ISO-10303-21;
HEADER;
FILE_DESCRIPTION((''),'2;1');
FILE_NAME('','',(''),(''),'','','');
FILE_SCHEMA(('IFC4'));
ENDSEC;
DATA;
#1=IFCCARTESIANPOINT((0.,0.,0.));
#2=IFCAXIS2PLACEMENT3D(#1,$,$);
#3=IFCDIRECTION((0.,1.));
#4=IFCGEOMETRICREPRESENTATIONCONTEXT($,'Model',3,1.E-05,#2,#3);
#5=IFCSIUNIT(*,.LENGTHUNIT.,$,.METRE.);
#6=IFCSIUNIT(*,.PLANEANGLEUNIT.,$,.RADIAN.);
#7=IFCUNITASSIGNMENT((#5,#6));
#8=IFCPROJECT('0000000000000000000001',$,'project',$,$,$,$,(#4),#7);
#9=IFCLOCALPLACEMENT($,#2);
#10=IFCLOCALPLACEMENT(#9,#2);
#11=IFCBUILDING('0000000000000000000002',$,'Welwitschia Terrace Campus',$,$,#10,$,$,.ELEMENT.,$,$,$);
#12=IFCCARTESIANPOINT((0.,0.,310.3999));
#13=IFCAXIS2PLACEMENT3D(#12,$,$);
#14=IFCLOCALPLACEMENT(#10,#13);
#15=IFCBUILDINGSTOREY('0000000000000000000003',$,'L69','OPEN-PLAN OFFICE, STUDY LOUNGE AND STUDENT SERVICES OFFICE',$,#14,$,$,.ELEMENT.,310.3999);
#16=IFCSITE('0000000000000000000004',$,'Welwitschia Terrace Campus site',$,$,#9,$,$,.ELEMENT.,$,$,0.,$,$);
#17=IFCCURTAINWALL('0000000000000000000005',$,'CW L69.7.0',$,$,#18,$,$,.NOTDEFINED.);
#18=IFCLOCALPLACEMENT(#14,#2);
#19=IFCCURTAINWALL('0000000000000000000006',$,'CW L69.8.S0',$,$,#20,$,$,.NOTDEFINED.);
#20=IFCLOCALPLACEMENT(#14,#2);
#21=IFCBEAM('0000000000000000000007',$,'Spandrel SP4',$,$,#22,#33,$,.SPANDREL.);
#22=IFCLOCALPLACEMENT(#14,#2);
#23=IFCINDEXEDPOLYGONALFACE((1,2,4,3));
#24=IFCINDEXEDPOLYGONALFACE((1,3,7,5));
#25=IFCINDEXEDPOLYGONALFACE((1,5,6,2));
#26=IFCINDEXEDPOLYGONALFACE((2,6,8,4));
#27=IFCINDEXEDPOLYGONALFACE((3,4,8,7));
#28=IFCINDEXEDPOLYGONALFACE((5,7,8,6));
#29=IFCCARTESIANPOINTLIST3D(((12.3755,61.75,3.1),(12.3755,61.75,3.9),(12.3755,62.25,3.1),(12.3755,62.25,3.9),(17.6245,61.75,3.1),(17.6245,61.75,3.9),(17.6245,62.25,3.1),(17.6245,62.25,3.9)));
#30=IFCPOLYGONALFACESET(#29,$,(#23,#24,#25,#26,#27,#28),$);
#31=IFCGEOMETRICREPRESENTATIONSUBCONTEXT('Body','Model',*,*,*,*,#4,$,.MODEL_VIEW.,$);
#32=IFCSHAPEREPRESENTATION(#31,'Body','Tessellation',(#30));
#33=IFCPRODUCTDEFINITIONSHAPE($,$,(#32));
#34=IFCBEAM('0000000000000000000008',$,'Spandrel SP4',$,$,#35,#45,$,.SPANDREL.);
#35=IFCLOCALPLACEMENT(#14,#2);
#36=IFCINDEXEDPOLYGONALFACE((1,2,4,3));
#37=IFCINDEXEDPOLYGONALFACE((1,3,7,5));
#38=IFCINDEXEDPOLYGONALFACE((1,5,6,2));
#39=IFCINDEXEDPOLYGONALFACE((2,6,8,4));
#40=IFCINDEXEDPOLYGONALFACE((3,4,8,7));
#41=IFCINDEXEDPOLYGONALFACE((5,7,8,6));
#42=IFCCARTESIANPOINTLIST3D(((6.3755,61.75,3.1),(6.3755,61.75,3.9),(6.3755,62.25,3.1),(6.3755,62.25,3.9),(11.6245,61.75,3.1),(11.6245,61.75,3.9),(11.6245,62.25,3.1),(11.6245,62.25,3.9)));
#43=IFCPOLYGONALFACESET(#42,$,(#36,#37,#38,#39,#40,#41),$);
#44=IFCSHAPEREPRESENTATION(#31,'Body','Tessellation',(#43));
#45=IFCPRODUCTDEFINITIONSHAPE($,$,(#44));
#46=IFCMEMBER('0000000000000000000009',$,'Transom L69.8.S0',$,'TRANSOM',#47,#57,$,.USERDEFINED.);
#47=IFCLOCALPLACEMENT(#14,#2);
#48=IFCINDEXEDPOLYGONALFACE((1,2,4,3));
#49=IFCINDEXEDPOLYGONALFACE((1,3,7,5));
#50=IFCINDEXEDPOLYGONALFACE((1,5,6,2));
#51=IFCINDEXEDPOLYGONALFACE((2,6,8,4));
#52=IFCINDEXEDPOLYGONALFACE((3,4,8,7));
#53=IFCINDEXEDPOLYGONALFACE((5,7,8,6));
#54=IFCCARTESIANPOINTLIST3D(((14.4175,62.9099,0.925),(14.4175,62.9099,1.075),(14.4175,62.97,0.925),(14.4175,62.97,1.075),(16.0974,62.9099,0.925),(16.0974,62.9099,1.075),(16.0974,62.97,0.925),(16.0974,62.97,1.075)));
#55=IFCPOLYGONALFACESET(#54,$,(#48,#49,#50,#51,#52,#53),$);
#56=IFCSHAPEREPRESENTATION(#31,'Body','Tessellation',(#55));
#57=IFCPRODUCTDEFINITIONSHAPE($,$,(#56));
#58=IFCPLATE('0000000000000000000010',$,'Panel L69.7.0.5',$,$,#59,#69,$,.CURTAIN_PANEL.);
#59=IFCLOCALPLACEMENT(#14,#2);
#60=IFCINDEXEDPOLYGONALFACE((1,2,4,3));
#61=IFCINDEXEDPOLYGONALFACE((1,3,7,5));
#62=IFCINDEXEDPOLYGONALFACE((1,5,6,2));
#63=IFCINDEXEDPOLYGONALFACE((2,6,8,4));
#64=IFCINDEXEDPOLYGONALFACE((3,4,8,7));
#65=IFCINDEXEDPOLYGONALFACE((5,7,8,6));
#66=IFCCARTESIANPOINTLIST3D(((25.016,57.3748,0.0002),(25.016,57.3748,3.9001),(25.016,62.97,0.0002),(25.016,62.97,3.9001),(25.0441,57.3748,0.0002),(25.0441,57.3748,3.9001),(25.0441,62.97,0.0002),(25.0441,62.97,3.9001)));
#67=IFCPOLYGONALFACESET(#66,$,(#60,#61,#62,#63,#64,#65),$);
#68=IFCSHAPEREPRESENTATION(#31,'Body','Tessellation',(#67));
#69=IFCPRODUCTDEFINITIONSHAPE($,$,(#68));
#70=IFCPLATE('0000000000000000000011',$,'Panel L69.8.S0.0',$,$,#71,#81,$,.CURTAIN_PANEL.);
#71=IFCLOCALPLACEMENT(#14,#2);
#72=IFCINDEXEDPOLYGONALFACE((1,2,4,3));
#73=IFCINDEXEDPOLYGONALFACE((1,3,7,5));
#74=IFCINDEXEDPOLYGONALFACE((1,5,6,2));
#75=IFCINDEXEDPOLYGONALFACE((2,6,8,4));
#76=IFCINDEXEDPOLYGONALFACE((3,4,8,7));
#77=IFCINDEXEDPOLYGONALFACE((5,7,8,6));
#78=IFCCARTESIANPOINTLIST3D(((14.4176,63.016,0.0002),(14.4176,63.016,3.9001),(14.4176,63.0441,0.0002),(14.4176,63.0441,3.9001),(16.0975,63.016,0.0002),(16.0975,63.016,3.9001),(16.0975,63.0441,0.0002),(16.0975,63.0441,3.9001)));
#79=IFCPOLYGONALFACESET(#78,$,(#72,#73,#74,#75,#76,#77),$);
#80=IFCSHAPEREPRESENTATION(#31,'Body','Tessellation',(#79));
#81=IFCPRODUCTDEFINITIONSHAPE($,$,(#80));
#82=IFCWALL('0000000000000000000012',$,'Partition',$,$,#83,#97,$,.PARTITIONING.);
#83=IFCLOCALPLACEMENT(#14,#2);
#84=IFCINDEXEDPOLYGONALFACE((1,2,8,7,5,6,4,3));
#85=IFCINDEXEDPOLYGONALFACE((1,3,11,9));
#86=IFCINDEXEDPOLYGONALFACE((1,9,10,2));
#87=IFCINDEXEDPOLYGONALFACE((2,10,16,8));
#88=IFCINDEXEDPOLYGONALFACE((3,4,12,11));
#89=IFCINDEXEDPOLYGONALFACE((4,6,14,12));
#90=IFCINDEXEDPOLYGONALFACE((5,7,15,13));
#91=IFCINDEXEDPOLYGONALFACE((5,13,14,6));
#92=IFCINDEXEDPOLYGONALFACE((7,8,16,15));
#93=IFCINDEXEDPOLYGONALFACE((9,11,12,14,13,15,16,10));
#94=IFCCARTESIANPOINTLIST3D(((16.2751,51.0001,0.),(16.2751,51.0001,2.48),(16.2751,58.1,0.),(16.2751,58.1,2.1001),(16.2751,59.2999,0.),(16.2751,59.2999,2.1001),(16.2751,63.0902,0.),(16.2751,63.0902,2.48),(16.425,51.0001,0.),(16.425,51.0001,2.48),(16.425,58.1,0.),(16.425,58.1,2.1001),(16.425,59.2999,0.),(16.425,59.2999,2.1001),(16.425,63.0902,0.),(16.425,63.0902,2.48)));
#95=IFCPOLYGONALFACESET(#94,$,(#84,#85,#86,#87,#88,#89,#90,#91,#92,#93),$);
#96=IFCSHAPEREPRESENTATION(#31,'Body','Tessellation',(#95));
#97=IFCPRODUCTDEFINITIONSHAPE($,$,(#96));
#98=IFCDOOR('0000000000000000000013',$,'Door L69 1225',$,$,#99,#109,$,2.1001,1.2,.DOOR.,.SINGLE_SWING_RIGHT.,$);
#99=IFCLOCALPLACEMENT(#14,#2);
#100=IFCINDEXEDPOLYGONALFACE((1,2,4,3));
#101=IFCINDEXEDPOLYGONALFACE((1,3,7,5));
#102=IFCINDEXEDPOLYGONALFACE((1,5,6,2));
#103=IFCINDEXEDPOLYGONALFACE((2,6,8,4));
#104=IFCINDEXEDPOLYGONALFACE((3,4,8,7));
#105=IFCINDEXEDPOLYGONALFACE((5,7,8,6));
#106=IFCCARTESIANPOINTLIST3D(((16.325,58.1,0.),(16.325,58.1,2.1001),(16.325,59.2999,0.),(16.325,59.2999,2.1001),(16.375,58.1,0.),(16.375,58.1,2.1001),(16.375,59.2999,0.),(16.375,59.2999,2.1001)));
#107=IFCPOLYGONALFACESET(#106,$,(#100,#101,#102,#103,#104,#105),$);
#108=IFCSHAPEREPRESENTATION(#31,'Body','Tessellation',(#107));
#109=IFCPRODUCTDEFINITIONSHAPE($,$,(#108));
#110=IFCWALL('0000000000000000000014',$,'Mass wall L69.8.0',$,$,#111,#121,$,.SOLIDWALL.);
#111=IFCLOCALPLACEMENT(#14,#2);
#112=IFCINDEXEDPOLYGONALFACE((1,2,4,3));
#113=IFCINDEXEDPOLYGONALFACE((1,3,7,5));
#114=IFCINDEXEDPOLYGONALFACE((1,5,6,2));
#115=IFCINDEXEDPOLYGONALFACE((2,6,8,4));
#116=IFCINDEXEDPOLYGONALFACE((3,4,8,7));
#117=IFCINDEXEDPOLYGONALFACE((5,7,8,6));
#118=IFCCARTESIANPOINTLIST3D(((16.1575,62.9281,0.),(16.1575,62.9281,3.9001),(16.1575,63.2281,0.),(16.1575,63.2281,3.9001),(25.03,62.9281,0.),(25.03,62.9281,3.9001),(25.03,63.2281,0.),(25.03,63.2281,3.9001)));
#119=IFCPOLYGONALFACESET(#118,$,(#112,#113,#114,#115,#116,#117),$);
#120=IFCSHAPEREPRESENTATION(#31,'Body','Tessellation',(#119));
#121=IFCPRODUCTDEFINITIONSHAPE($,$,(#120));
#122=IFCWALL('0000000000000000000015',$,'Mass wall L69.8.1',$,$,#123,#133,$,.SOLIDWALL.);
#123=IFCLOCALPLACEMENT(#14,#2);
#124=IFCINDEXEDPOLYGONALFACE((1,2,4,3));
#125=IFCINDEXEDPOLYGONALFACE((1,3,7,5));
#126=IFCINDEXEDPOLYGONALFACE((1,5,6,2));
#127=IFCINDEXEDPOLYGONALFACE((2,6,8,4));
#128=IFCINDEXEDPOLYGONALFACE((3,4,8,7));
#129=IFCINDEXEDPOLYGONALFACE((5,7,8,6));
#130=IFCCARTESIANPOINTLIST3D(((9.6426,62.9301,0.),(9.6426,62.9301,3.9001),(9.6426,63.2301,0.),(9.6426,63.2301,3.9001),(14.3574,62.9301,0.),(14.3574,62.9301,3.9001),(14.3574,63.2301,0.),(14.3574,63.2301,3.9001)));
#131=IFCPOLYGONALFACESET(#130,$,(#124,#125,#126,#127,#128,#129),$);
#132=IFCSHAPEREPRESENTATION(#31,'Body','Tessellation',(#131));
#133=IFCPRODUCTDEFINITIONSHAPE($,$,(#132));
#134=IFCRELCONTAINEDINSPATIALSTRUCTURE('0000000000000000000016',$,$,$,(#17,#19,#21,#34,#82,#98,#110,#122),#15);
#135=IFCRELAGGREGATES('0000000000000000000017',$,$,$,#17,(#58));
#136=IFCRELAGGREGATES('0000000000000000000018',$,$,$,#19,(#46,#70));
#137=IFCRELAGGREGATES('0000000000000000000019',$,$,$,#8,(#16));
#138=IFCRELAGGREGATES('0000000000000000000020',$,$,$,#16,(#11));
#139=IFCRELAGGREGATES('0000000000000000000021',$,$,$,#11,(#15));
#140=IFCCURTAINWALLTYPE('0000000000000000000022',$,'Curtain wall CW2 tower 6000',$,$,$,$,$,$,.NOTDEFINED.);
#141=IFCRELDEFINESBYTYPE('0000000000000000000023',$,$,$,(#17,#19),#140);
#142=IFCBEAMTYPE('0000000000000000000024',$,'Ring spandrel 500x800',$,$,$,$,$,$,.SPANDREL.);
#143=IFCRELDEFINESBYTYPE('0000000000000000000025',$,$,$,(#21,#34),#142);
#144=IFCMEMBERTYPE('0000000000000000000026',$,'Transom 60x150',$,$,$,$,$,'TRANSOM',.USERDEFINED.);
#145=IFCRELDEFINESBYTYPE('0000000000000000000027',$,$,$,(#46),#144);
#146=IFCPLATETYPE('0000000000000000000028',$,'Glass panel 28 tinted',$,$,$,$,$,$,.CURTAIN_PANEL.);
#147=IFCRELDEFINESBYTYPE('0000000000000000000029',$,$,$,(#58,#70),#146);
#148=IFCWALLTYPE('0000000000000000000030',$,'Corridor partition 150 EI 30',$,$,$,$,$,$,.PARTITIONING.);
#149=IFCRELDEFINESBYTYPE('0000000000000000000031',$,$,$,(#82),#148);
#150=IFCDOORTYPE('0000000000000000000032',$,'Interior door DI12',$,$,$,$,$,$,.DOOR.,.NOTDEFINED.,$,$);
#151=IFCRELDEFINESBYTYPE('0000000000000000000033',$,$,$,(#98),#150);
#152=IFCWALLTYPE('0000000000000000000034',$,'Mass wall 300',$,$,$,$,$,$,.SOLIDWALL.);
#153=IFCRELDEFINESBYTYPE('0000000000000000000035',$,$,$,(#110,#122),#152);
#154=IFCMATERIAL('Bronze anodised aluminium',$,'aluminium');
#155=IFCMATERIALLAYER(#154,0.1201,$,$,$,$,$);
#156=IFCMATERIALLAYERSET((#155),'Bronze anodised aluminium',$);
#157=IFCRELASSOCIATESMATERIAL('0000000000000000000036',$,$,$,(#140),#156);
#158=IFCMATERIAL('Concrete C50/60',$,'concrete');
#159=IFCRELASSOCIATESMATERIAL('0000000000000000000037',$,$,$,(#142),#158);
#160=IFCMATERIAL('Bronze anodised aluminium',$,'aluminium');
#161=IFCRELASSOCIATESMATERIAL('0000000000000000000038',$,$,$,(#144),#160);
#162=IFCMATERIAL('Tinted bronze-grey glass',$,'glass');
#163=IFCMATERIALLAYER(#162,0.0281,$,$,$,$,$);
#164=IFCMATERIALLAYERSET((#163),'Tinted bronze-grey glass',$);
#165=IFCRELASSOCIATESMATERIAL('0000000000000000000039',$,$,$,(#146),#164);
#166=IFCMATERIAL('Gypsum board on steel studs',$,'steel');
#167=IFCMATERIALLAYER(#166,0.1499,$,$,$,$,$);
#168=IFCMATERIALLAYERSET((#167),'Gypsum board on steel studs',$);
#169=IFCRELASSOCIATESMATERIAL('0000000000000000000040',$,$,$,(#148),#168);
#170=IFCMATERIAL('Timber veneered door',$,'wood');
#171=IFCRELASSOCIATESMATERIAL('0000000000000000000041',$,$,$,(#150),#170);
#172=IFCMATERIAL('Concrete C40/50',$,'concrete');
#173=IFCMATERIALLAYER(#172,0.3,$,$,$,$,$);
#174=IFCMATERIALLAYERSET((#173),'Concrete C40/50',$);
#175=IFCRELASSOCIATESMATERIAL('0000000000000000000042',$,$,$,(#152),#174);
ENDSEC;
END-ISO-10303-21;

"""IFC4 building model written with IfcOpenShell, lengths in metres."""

from ifc_helpers import new_model, si_unit, direction, frame, frame_2d, origin, origin_2d, place, context, subcontext, project, spatial, rectangle, extrude, material, layer, layer_set, material_profile, profile_set, type_object, element, fill, aggregate, save


model = new_model("IFC4")

# Units and contexts
model_context = context("Model", 3, precision=1e-05, world=origin(), true_north=direction((0.0, 1.0)))
body_context = subcontext(model_context, "Body", "Model", "MODEL_VIEW")
ifc_project = project(units=[si_unit("LENGTHUNIT", "METRE"), si_unit("PLANEANGLEUNIT", "RADIAN")], contexts=[model_context])

# Site, building, storey
site_placement = place(None, origin())
site = spatial("IfcSite", under=ifc_project, at=site_placement, Name="Welwitschia Terrace Campus site", CompositionType="ELEMENT", RefElevation=0.0)
building_placement = place(site_placement, origin())
building = spatial("IfcBuilding", under=site, at=building_placement, Name="Welwitschia Terrace Campus", CompositionType="ELEMENT")
storey_placement = place(building_placement, frame((0.0, 0.0, 310.3999)))
storey = spatial("IfcBuildingStorey", under=building, at=storey_placement, Name="L69", Description="OPEN-PLAN OFFICE, STUDY LOUNGE AND STUDENT SERVICES OFFICE", CompositionType="ELEMENT", Elevation=310.3999)

# Curtain walls
ifc_material_1 = material(Name="Bronze anodised aluminium", Category="aluminium")
ifc_layer_1 = layer(ifc_material_1, 0.1201)
ifc_layer_set_1 = layer_set([ifc_layer_1], Name="Bronze anodised aluminium")
curtain_wall_type = type_object("IfcCurtainWallType", Name="Curtain wall CW2 tower 6000", PredefinedType="NOTDEFINED", material=ifc_layer_set_1)
curtain_wall_1_placement = place(storey_placement, origin())
curtain_wall_1 = element("IfcCurtainWall", 1, at=curtain_wall_1_placement, inside=storey, type_object=curtain_wall_type, Name="CW L69.7.0", PredefinedType="NOTDEFINED")
curtain_wall_2_placement = place(storey_placement, origin())
curtain_wall_2 = element("IfcCurtainWall", 2, at=curtain_wall_2_placement, inside=storey, type_object=curtain_wall_type, Name="CW L69.8.S0", PredefinedType="NOTDEFINED")

# Beams
ifc_material_2 = material(Name="Concrete C50/60", Category="concrete")
ifc_material_profile_1 = material_profile(ifc_material_2, rectangle(XDim=0.5, YDim=0.8, at=origin_2d()))
ifc_profile_set_1 = profile_set([ifc_material_profile_1], Name="Concrete C50/60")
beam_type_1 = type_object("IfcBeamType", Name="Ring spandrel 500x800", PredefinedType="SPANDREL", material=ifc_profile_set_1)
for number, where, z_axis, x_axis, name in (
    (3, (17.6245, 62.0, 3.5), (-1.0, 0.0, 0.0), (0.0, -1.0, 0.0), "Spandrel SP4"),
    (4, (11.6245, 62.0, 3.5), (-1.0, 0.0, 0.0), (0.0, -1.0, 0.0), "Spandrel SP4"),
):
    element("IfcBeam", number, at=place(storey_placement, frame(where, z_axis=z_axis, x_axis=x_axis)), inside=storey, type_object=beam_type_1, Name=name, PredefinedType="SPANDREL", context=body_context, shape_type="SweptSolid", body=[
        extrude(rectangle(XDim=0.5, YDim=0.8, at=origin_2d()), origin(), (0.0, 0.0, 1.0), 5.249),
    ])

# Member
ifc_material_3 = material(Name="Bronze anodised aluminium", Category="aluminium")
ifc_material_profile_2 = material_profile(ifc_material_3, rectangle(XDim=0.0601, YDim=0.1499, at=origin_2d()))
ifc_profile_set_2 = profile_set([ifc_material_profile_2], Name="Bronze anodised aluminium")
member_type_1 = type_object("IfcMemberType", Name="Transom 60x150", ElementType="TRANSOM", PredefinedType="USERDEFINED", material=ifc_profile_set_2)
member_1_placement = place(storey_placement, frame((16.0974, 62.9399, 1.0), z_axis=(-1.0, 0.0, 0.0), x_axis=(0.0, -1.0, 0.0)))
member_1 = element("IfcMember", 5, at=member_1_placement, type_object=member_type_1, Name="Transom L69.8.S0", ObjectType="TRANSOM", PredefinedType="USERDEFINED", context=body_context, shape_type="SweptSolid", body=[
    extrude(rectangle(XDim=0.0601, YDim=0.1499, at=origin_2d()), origin(), (0.0, 0.0, 1.0), 1.6799),
])

# Plates
ifc_material_4 = material(Name="Tinted bronze-grey glass", Category="glass")
ifc_layer_2 = layer(ifc_material_4, 0.0281)
ifc_layer_set_2 = layer_set([ifc_layer_2], Name="Tinted bronze-grey glass")
plate_type = type_object("IfcPlateType", Name="Glass panel 28 tinted", PredefinedType="CURTAIN_PANEL", material=ifc_layer_set_2)
plate_1_placement = place(storey_placement, frame((25.03, 60.1724, 0.0002), z_axis=(0.0, 0.0, 1.0), x_axis=(0.0, 1.0, 0.0)))
plate_1 = element("IfcPlate", 6, at=plate_1_placement, type_object=plate_type, Name="Panel L69.7.0.5", PredefinedType="CURTAIN_PANEL", context=body_context, shape_type="SweptSolid", body=[
    extrude(rectangle(XDim=5.5952, YDim=0.0281, at=origin_2d()), origin(), (0.0, 0.0, 1.0), 3.8999),
])
aggregate(curtain_wall_1, [plate_1])
plate_2_placement = place(storey_placement, frame((15.2576, 63.03, 0.0002), z_axis=(0.0, 0.0, 1.0), x_axis=(-1.0, 0.0, 0.0)))
plate_2 = element("IfcPlate", 7, at=plate_2_placement, type_object=plate_type, Name="Panel L69.8.S0.0", PredefinedType="CURTAIN_PANEL", context=body_context, shape_type="SweptSolid", body=[
    extrude(rectangle(XDim=1.6799, YDim=0.0281, at=origin_2d()), origin(), (0.0, 0.0, 1.0), 3.8999),
])
aggregate(curtain_wall_2, [member_1, plate_2])

# Wall, opening, door
ifc_material_5 = material(Name="Gypsum board on steel studs", Category="steel")
ifc_layer_3 = layer(ifc_material_5, 0.1499)
ifc_layer_set_3 = layer_set([ifc_layer_3], Name="Gypsum board on steel studs")
wall_type_1 = type_object("IfcWallType", Name="Corridor partition 150 EI 30", PredefinedType="PARTITIONING", material=ifc_layer_set_3)
wall_1_placement = place(storey_placement, frame((16.3501, 63.0901, 0.0), z_axis=(0.0, 0.0, 1.0), x_axis=(0.0, -1.0, 0.0)))
wall_1 = element("IfcWall", 8, at=wall_1_placement, inside=storey, type_object=wall_type_1, Name="Partition", PredefinedType="PARTITIONING", context=body_context, shape_type="SweptSolid", body=[
    extrude(rectangle(XDim=12.0901, YDim=0.1499, at=frame_2d((6.0449, 0.0))), origin(), (0.0, 0.0, 1.0), 2.48),
])
opening_placement = place(wall_1_placement, frame((3.79, 0.0, 0.0)))
opening = element("IfcOpeningElement", 9, at=opening_placement, cuts=wall_1, PredefinedType="OPENING", context=body_context, shape_type="SweptSolid", body=[
    extrude(rectangle(XDim=1.2, YDim=2.1001, at=frame_2d((0.6001, 1.05))), frame((0.0, 0.085, 0.0), z_axis=(0.0, -1.0, 0.0), x_axis=(1.0, 0.0, 0.0)), (0.0, 0.0, 1.0), 0.1699),
])
ifc_material_6 = material(Name="Timber veneered door", Category="wood")
door_type = type_object("IfcDoorType", Name="Interior door DI12", OperationType="NOTDEFINED", PredefinedType="DOOR", material=ifc_material_6)
door_placement = place(opening_placement, origin())
door = element("IfcDoor", 10, at=door_placement, inside=storey, type_object=door_type, Name="Door L69 1225", OperationType="SINGLE_SWING_RIGHT", OverallHeight=2.1001, OverallWidth=1.2, PredefinedType="DOOR", context=body_context, shape_type="SweptSolid", body=[
    extrude(rectangle(XDim=1.2, YDim=2.1001, at=frame_2d((0.6001, 1.05))), frame((0.0, 0.0249, 0.0), z_axis=(0.0, -1.0, 0.0), x_axis=(1.0, 0.0, 0.0)), (0.0, 0.0, 1.0), 0.05),
])
fill(opening, door)

# Walls
ifc_material_7 = material(Name="Concrete C40/50", Category="concrete")
ifc_layer_4 = layer(ifc_material_7, 0.3)
ifc_layer_set_4 = layer_set([ifc_layer_4], Name="Concrete C40/50")
wall_type_2 = type_object("IfcWallType", Name="Mass wall 300", PredefinedType="SOLIDWALL", material=ifc_layer_set_4)
wall_2_placement = place(storey_placement, frame((25.03, 63.0781, 0.0), z_axis=(0.0, 0.0, 1.0), x_axis=(-1.0, 0.0, 0.0)))
element("IfcWall", 11, at=wall_2_placement, inside=storey, type_object=wall_type_2, Name="Mass wall L69.8.0", PredefinedType="SOLIDWALL", context=body_context, shape_type="SweptSolid", body=[
    extrude(rectangle(XDim=8.8726, YDim=0.3, at=frame_2d((4.4363, 0.0))), origin(), (0.0, 0.0, 1.0), 3.9001),
])
wall_3_placement = place(storey_placement, frame((14.3574, 63.0801, 0.0), z_axis=(0.0, 0.0, 1.0), x_axis=(-1.0, 0.0, 0.0)))
element("IfcWall", 12, at=wall_3_placement, inside=storey, type_object=wall_type_2, Name="Mass wall L69.8.1", PredefinedType="SOLIDWALL", context=body_context, shape_type="SweptSolid", body=[
    extrude(rectangle(XDim=4.7148, YDim=0.3, at=frame_2d((2.3574, 0.0))), origin(), (0.0, 0.0, 1.0), 3.9001),
])

save(model, "model.ifc")
